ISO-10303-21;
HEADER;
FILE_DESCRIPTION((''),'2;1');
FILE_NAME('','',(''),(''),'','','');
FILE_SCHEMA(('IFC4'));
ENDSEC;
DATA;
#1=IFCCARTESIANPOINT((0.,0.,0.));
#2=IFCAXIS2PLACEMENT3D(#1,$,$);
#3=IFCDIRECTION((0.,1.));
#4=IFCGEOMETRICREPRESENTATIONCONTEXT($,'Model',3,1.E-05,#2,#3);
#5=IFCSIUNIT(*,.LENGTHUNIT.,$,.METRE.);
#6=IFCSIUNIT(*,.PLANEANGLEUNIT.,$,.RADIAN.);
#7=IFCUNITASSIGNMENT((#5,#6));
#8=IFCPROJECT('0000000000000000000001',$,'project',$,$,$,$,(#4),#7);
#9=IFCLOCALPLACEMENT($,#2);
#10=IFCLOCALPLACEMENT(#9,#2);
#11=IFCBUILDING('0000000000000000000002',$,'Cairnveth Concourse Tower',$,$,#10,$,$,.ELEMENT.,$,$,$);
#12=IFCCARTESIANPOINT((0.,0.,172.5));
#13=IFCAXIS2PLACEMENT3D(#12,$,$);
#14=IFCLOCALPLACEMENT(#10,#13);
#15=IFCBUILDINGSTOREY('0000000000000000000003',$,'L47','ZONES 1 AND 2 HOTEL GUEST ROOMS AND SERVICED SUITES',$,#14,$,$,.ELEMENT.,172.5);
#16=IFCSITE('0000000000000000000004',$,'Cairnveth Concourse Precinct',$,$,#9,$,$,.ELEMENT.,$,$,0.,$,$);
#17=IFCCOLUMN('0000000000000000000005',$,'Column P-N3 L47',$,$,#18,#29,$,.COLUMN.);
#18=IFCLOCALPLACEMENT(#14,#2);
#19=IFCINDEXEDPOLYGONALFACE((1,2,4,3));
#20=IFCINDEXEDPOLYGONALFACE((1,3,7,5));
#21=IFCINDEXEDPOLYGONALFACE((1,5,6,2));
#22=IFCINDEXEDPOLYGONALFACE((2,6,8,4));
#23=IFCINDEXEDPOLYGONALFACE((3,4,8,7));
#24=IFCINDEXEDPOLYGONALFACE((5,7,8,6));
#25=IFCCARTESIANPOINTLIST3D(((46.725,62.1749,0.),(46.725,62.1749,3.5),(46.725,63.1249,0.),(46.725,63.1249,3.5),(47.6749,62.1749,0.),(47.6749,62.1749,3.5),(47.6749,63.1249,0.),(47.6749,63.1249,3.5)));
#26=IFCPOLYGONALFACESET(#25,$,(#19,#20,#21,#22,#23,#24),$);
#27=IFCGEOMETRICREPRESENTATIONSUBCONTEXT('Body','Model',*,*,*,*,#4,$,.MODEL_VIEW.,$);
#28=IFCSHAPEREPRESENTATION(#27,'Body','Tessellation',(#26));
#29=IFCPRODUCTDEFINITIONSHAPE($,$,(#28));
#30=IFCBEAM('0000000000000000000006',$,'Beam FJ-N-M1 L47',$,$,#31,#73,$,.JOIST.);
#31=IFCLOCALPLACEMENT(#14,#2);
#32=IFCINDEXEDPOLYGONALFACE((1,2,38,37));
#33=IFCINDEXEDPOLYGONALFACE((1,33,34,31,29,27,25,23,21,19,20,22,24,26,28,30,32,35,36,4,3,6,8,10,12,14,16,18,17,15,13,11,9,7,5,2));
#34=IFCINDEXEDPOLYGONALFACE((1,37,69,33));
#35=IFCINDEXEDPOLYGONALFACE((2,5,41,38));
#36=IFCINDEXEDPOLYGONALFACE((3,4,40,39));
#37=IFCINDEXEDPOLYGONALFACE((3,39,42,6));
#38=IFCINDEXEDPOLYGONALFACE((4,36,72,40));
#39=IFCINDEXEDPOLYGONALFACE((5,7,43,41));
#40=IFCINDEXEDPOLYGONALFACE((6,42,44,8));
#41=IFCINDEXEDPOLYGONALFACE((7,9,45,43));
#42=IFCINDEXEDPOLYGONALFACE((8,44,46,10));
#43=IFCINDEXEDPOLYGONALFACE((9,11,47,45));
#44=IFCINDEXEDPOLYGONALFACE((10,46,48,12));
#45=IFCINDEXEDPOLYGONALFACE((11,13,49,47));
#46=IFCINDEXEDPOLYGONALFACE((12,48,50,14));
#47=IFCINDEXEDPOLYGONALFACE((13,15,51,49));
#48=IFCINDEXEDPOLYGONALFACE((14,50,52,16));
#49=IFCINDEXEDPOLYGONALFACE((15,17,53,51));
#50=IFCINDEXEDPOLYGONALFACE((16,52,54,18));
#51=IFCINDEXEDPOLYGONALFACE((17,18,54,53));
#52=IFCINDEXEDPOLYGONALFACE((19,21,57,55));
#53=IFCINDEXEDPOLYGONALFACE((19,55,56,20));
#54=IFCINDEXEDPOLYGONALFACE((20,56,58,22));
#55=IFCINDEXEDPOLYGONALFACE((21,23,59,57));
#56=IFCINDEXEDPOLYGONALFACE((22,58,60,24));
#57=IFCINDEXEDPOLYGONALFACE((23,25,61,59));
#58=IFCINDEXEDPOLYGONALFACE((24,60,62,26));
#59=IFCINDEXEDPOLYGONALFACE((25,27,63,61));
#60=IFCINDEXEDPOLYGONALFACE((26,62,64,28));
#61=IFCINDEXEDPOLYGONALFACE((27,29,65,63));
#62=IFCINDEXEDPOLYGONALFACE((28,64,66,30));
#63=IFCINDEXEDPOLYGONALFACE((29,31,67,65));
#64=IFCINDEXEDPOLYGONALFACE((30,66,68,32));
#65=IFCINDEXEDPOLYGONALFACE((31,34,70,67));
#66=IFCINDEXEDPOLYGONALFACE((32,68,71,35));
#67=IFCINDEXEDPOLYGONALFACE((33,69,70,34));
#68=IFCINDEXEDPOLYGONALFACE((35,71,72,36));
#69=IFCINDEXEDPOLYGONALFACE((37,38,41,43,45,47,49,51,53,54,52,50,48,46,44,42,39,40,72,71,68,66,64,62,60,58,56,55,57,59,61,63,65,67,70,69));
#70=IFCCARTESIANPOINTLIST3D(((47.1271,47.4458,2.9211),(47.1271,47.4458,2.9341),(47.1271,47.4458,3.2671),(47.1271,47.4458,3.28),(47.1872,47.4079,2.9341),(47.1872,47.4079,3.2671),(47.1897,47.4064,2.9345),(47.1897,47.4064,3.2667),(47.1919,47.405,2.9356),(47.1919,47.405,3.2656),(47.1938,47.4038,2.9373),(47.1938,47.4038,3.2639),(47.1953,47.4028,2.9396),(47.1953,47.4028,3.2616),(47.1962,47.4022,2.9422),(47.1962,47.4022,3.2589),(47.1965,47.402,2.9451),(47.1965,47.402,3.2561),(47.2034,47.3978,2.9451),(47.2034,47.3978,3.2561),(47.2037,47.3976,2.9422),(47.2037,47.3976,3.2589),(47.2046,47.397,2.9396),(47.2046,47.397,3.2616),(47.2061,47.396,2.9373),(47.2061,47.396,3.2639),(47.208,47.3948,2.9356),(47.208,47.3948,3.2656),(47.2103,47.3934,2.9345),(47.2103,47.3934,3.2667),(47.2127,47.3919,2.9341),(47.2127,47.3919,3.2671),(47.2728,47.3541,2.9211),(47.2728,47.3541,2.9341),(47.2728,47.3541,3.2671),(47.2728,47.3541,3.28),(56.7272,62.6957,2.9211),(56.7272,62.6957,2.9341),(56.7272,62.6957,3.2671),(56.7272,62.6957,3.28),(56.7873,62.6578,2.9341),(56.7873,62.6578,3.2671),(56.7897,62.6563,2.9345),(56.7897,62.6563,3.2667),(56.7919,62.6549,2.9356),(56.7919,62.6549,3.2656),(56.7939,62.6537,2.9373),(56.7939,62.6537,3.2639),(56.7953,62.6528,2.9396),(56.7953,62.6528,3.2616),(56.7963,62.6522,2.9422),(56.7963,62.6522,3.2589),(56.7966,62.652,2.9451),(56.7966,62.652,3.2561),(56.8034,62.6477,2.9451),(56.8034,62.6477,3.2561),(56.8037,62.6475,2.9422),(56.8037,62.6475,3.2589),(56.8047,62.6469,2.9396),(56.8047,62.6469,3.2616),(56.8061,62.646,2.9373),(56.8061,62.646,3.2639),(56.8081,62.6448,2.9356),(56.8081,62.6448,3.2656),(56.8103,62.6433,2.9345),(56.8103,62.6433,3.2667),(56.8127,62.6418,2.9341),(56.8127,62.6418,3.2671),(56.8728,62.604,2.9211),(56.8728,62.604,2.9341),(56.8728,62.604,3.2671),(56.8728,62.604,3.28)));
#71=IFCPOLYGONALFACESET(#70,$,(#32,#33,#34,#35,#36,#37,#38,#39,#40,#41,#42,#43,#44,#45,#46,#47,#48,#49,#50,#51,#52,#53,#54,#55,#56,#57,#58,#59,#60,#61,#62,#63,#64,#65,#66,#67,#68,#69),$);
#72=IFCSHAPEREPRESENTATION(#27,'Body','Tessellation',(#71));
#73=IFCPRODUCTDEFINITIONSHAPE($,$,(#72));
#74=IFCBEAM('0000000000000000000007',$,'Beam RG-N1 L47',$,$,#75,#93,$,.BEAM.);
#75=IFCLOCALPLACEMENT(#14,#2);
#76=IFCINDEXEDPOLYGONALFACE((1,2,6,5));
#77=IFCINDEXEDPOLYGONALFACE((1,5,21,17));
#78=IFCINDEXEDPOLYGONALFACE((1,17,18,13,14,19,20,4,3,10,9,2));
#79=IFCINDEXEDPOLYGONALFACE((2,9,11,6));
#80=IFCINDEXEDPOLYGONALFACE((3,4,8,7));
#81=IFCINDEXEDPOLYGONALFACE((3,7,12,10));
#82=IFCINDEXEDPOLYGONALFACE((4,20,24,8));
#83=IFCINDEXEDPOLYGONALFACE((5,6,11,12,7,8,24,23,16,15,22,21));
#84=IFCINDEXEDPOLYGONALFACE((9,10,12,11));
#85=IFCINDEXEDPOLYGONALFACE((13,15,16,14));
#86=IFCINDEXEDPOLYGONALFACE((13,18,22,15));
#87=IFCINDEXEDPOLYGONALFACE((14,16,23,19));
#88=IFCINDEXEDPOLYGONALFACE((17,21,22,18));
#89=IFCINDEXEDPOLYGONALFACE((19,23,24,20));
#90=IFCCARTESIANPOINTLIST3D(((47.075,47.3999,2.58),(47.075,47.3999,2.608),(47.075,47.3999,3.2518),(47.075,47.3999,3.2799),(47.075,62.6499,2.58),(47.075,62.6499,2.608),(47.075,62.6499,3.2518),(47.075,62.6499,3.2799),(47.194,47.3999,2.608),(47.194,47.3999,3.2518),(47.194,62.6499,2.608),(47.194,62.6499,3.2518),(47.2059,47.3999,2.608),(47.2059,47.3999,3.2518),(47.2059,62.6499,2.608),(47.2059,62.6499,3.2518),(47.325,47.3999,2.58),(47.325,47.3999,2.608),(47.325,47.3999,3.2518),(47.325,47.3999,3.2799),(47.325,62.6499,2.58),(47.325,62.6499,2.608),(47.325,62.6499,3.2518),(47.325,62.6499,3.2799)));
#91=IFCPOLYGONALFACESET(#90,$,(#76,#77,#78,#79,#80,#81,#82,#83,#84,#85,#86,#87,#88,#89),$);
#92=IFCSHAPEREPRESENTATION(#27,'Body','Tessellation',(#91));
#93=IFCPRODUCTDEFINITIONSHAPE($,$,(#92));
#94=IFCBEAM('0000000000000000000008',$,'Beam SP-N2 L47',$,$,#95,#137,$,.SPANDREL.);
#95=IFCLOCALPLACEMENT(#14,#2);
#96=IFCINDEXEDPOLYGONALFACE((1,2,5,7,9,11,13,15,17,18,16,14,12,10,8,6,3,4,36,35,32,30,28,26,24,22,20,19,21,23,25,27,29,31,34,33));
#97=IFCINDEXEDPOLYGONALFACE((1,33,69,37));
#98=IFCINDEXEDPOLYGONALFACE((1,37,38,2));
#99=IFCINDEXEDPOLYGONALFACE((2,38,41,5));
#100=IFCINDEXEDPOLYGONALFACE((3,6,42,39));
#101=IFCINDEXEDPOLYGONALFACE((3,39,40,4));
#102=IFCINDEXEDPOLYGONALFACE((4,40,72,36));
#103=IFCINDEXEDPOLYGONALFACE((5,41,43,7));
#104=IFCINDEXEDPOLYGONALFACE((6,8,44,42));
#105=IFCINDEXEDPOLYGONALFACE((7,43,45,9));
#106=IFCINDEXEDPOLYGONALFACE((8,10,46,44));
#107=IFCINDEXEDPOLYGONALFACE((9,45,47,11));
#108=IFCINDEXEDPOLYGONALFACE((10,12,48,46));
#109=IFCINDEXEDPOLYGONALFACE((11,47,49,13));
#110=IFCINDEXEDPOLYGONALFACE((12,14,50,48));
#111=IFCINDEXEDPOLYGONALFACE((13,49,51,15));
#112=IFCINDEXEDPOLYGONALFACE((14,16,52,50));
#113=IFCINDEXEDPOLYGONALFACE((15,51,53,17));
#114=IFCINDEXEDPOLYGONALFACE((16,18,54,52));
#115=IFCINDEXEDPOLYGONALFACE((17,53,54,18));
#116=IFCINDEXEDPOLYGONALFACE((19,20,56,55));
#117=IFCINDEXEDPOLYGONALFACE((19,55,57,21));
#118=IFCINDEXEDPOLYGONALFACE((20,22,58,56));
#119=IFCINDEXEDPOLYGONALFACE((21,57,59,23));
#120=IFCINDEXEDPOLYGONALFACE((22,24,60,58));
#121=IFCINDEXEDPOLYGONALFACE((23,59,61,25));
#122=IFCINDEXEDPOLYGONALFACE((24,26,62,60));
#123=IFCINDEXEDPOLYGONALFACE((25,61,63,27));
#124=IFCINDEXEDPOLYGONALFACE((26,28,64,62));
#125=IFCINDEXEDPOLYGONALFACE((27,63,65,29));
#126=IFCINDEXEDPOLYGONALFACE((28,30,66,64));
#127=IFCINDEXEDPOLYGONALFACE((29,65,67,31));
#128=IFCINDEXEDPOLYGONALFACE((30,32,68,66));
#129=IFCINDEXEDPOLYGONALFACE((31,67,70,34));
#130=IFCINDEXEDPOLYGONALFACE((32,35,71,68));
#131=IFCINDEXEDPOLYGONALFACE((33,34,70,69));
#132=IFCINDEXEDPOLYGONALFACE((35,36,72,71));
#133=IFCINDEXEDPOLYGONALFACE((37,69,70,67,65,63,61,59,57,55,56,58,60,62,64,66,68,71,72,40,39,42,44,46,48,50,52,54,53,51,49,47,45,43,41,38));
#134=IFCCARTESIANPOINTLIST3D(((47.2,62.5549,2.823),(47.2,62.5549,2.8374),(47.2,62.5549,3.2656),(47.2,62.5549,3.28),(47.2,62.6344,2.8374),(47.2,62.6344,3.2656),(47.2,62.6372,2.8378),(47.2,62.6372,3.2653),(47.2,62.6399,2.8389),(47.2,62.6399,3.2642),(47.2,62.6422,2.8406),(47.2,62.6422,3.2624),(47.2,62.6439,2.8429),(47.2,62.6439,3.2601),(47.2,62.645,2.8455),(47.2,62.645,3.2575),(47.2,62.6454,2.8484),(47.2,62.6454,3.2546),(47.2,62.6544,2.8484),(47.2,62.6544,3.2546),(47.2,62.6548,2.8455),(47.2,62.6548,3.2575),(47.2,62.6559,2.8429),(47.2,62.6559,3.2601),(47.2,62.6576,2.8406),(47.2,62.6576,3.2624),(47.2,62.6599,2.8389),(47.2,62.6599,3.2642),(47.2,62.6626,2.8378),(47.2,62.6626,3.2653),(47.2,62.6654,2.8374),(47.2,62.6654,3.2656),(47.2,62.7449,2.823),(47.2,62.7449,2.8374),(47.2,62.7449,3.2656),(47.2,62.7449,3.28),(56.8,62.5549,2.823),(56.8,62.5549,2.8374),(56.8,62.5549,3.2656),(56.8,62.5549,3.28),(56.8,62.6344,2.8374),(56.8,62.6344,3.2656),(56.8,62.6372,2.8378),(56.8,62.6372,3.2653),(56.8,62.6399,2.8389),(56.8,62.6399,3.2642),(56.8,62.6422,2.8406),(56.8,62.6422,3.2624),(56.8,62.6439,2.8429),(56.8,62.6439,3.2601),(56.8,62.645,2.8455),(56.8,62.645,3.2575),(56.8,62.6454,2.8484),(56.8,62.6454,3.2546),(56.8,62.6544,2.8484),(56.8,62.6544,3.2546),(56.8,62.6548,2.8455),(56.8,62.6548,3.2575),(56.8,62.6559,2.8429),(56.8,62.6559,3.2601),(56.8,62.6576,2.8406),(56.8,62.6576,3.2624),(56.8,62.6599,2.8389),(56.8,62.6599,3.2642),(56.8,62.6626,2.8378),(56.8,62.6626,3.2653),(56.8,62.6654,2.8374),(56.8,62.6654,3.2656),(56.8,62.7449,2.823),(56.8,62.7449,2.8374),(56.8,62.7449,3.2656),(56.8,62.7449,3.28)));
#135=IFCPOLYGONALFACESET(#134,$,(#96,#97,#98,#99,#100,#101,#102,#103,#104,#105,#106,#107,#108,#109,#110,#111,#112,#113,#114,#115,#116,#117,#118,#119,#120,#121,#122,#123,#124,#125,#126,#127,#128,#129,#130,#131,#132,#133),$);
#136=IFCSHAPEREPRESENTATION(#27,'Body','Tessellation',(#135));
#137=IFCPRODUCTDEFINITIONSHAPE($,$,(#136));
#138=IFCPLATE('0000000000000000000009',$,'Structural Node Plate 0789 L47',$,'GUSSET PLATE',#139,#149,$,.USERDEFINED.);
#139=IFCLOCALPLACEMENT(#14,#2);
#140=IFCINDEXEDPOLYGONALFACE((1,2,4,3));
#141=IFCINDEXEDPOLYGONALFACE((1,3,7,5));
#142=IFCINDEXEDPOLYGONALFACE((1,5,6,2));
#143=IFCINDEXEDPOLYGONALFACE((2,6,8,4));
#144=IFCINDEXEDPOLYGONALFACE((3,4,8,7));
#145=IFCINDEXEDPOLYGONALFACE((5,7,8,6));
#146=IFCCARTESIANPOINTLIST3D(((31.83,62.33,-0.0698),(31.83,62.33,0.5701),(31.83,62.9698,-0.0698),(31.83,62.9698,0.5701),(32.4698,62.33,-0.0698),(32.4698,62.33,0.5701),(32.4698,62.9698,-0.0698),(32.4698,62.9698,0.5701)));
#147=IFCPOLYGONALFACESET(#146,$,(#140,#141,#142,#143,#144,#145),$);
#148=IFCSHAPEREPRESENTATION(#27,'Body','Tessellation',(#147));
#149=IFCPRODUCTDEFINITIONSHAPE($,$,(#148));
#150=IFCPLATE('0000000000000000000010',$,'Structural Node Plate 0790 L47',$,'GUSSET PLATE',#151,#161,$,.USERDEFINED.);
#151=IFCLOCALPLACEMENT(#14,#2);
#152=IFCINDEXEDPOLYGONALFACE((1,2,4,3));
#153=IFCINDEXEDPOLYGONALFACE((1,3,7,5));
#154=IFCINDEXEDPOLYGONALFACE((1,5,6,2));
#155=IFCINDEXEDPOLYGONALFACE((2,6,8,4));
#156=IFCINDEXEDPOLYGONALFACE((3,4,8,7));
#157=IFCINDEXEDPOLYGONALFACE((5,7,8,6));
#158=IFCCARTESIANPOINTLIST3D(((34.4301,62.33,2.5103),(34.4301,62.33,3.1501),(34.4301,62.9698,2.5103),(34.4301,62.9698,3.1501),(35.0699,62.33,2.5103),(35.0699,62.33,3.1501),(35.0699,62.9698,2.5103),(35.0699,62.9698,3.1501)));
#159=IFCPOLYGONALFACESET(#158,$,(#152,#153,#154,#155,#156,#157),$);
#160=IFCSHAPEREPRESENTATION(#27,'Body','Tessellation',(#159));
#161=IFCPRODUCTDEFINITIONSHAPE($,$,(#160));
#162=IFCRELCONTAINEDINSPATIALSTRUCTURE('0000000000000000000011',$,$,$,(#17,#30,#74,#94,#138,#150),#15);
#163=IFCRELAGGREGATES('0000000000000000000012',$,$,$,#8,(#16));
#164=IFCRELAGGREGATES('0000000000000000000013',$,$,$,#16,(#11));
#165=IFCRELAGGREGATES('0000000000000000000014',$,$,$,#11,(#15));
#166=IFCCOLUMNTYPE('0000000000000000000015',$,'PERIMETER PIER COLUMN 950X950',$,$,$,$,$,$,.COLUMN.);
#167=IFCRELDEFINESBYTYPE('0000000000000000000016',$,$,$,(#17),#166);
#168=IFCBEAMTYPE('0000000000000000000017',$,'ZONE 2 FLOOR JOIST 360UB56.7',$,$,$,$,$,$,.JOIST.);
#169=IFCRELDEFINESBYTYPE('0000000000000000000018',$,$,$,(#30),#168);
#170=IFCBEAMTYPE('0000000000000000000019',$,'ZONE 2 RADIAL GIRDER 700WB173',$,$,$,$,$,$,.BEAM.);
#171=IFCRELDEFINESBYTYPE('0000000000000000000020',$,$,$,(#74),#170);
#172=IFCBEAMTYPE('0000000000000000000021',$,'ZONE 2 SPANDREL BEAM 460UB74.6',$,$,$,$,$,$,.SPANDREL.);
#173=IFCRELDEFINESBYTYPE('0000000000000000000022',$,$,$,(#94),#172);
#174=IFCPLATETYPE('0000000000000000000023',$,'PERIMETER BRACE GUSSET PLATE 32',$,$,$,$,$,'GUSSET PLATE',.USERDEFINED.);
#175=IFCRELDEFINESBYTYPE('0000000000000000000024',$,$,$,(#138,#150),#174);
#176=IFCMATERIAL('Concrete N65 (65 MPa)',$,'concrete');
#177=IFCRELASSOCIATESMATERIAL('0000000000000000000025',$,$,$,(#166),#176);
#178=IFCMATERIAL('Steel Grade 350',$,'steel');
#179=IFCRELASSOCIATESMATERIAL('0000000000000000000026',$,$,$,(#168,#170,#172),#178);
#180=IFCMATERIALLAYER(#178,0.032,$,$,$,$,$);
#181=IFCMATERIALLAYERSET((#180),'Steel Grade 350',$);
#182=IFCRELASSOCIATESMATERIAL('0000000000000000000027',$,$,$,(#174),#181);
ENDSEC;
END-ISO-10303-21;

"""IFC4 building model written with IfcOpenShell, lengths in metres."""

from ifc_helpers import new_model, si_unit, direction, frame, origin, origin_2d, place, context, subcontext, project, spatial, rectangle, i_section, extrude, material, layer, layer_set, material_profile, profile_set, type_object, element, save


model = new_model("IFC4")

# Units and contexts
model_context = context("Model", 3, precision=1e-05, world=origin(), true_north=direction((0.0, 1.0)))
body_context = subcontext(model_context, "Body", "Model", "MODEL_VIEW")
ifc_project = project(units=[si_unit("LENGTHUNIT", "METRE"), si_unit("PLANEANGLEUNIT", "RADIAN")], contexts=[model_context])

# Site, building, storey
site_placement = place(None, origin())
site = spatial("IfcSite", under=ifc_project, at=site_placement, Name="Cairnveth Concourse Precinct", CompositionType="ELEMENT", RefElevation=0.0)
building_placement = place(site_placement, origin())
building = spatial("IfcBuilding", under=site, at=building_placement, Name="Cairnveth Concourse Tower", CompositionType="ELEMENT")
storey_placement = place(building_placement, frame((0.0, 0.0, 172.5)))
storey = spatial("IfcBuildingStorey", under=building, at=storey_placement, Name="L47", Description="ZONES 1 AND 2 HOTEL GUEST ROOMS AND SERVICED SUITES", CompositionType="ELEMENT", Elevation=172.5)

# Column
ifc_material_1 = material(Name="Concrete N65 (65 MPa)", Category="concrete")
ifc_material_profile_1 = material_profile(ifc_material_1, rectangle(XDim=0.95, YDim=0.95, at=origin_2d()), Name="RC-COL-950x950")
ifc_profile_set_1 = profile_set([ifc_material_profile_1], Name="Concrete N65 (65 MPa)")
column_type = type_object("IfcColumnType", Name="PERIMETER PIER COLUMN 950X950", PredefinedType="COLUMN", material=ifc_profile_set_1)
column_placement = place(storey_placement, frame((47.2, 62.6499, 0.0), z_axis=(0.0, 0.0, 1.0), x_axis=(1.0, 0.0, 0.0)))
element("IfcColumn", 1, at=column_placement, inside=storey, type_object=column_type, Name="Column P-N3 L47", PredefinedType="COLUMN", context=body_context, shape_type="SweptSolid", body=[
    extrude(rectangle(XDim=0.95, YDim=0.95, at=origin_2d()), origin(), (0.0, 0.0, 1.0), 3.5),
])

# Beams
ifc_material_2 = material(Name="Steel Grade 350", Category="steel")
ifc_material_profile_2 = material_profile(ifc_material_2, i_section(OverallWidth=0.1721, OverallDepth=0.3589, WebThickness=0.0081, FlangeThickness=0.0129, FilletRadius=0.011, at=origin_2d()), Name="360UB56.7")
ifc_profile_set_2 = profile_set([ifc_material_profile_2], Name="Steel Grade 350")
beam_type_1 = type_object("IfcBeamType", Name="ZONE 2 FLOOR JOIST 360UB56.7", PredefinedType="JOIST", material=ifc_profile_set_2)
beam_1_placement = place(storey_placement, frame((47.2, 47.3999, 3.1006), z_axis=(0.532744, 0.846277, 0.0), x_axis=(-0.846277, 0.532744, 0.0)))
element("IfcBeam", 2, at=beam_1_placement, inside=storey, type_object=beam_type_1, Name="Beam FJ-N-M1 L47", PredefinedType="JOIST", context=body_context, shape_type="SweptSolid", body=[
    extrude(i_section(OverallWidth=0.1721, OverallDepth=0.3589, WebThickness=0.0081, FlangeThickness=0.0129, FilletRadius=0.011, at=origin_2d()), origin(), (0.0, 0.0, 1.0), 18.02),
])
ifc_material_profile_3 = material_profile(ifc_material_2, i_section(OverallWidth=0.25, OverallDepth=0.7, WebThickness=0.012, FlangeThickness=0.0281, at=origin_2d()), Name="700WB173")
ifc_profile_set_3 = profile_set([ifc_material_profile_3], Name="Steel Grade 350")
beam_type_2 = type_object("IfcBeamType", Name="ZONE 2 RADIAL GIRDER 700WB173", PredefinedType="BEAM", material=ifc_profile_set_3)
beam_2_placement = place(storey_placement, frame((47.2, 47.3999, 2.9299), z_axis=(0.0, 1.0, 0.0), x_axis=(-1.0, 0.0, 0.0)))
element("IfcBeam", 3, at=beam_2_placement, inside=storey, type_object=beam_type_2, Name="Beam RG-N1 L47", PredefinedType="BEAM", context=body_context, shape_type="SweptSolid", body=[
    extrude(i_section(OverallWidth=0.25, OverallDepth=0.7, WebThickness=0.012, FlangeThickness=0.0281, at=origin_2d()), origin(), (0.0, 0.0, 1.0), 15.25),
])
ifc_material_profile_4 = material_profile(ifc_material_2, i_section(OverallWidth=0.1899, OverallDepth=0.457, WebThickness=0.009, FlangeThickness=0.0144, FilletRadius=0.011, at=origin_2d()), Name="460UB74.6")
ifc_profile_set_4 = profile_set([ifc_material_profile_4], Name="Steel Grade 350")
beam_type_3 = type_object("IfcBeamType", Name="ZONE 2 SPANDREL BEAM 460UB74.6", PredefinedType="SPANDREL", material=ifc_profile_set_4)
beam_3_placement = place(storey_placement, frame((47.2, 62.6499, 3.0515), z_axis=(1.0, 0.0, 0.0), x_axis=(0.0, 1.0, 0.0)))
element("IfcBeam", 4, at=beam_3_placement, inside=storey, type_object=beam_type_3, Name="Beam SP-N2 L47", PredefinedType="SPANDREL", context=body_context, shape_type="SweptSolid", body=[
    extrude(i_section(OverallWidth=0.1899, OverallDepth=0.457, WebThickness=0.009, FlangeThickness=0.0144, FilletRadius=0.011, at=origin_2d()), origin(), (0.0, 0.0, 1.0), 9.6001),
])

# Plates
ifc_layer_1 = layer(ifc_material_2, 0.032)
ifc_layer_set_1 = layer_set([ifc_layer_1], Name="Steel Grade 350")
plate_type = type_object("IfcPlateType", Name="PERIMETER BRACE GUSSET PLATE 32", ElementType="GUSSET PLATE", PredefinedType="USERDEFINED", material=ifc_layer_set_1)
for number, where, z_axis, x_axis, name in (
    (5, (32.1499, 62.6499, -0.0698), (0.0, 0.0, 1.0), (1.0, 0.0, 0.0), "Structural Node Plate 0789 L47"),
    (6, (34.75, 62.6499, 2.5103), (0.0, 0.0, 1.0), (1.0, 0.0, 0.0), "Structural Node Plate 0790 L47"),
):
    element("IfcPlate", number, at=place(storey_placement, frame(where, z_axis=z_axis, x_axis=x_axis)), inside=storey, type_object=plate_type, Name=name, ObjectType="GUSSET PLATE", PredefinedType="USERDEFINED", context=body_context, shape_type="SweptSolid", body=[
        extrude(rectangle(XDim=0.6399, YDim=0.6399, at=origin_2d()), origin(), (0.0, 0.0, 1.0), 0.6399),
    ])

save(model, "model.ifc")
